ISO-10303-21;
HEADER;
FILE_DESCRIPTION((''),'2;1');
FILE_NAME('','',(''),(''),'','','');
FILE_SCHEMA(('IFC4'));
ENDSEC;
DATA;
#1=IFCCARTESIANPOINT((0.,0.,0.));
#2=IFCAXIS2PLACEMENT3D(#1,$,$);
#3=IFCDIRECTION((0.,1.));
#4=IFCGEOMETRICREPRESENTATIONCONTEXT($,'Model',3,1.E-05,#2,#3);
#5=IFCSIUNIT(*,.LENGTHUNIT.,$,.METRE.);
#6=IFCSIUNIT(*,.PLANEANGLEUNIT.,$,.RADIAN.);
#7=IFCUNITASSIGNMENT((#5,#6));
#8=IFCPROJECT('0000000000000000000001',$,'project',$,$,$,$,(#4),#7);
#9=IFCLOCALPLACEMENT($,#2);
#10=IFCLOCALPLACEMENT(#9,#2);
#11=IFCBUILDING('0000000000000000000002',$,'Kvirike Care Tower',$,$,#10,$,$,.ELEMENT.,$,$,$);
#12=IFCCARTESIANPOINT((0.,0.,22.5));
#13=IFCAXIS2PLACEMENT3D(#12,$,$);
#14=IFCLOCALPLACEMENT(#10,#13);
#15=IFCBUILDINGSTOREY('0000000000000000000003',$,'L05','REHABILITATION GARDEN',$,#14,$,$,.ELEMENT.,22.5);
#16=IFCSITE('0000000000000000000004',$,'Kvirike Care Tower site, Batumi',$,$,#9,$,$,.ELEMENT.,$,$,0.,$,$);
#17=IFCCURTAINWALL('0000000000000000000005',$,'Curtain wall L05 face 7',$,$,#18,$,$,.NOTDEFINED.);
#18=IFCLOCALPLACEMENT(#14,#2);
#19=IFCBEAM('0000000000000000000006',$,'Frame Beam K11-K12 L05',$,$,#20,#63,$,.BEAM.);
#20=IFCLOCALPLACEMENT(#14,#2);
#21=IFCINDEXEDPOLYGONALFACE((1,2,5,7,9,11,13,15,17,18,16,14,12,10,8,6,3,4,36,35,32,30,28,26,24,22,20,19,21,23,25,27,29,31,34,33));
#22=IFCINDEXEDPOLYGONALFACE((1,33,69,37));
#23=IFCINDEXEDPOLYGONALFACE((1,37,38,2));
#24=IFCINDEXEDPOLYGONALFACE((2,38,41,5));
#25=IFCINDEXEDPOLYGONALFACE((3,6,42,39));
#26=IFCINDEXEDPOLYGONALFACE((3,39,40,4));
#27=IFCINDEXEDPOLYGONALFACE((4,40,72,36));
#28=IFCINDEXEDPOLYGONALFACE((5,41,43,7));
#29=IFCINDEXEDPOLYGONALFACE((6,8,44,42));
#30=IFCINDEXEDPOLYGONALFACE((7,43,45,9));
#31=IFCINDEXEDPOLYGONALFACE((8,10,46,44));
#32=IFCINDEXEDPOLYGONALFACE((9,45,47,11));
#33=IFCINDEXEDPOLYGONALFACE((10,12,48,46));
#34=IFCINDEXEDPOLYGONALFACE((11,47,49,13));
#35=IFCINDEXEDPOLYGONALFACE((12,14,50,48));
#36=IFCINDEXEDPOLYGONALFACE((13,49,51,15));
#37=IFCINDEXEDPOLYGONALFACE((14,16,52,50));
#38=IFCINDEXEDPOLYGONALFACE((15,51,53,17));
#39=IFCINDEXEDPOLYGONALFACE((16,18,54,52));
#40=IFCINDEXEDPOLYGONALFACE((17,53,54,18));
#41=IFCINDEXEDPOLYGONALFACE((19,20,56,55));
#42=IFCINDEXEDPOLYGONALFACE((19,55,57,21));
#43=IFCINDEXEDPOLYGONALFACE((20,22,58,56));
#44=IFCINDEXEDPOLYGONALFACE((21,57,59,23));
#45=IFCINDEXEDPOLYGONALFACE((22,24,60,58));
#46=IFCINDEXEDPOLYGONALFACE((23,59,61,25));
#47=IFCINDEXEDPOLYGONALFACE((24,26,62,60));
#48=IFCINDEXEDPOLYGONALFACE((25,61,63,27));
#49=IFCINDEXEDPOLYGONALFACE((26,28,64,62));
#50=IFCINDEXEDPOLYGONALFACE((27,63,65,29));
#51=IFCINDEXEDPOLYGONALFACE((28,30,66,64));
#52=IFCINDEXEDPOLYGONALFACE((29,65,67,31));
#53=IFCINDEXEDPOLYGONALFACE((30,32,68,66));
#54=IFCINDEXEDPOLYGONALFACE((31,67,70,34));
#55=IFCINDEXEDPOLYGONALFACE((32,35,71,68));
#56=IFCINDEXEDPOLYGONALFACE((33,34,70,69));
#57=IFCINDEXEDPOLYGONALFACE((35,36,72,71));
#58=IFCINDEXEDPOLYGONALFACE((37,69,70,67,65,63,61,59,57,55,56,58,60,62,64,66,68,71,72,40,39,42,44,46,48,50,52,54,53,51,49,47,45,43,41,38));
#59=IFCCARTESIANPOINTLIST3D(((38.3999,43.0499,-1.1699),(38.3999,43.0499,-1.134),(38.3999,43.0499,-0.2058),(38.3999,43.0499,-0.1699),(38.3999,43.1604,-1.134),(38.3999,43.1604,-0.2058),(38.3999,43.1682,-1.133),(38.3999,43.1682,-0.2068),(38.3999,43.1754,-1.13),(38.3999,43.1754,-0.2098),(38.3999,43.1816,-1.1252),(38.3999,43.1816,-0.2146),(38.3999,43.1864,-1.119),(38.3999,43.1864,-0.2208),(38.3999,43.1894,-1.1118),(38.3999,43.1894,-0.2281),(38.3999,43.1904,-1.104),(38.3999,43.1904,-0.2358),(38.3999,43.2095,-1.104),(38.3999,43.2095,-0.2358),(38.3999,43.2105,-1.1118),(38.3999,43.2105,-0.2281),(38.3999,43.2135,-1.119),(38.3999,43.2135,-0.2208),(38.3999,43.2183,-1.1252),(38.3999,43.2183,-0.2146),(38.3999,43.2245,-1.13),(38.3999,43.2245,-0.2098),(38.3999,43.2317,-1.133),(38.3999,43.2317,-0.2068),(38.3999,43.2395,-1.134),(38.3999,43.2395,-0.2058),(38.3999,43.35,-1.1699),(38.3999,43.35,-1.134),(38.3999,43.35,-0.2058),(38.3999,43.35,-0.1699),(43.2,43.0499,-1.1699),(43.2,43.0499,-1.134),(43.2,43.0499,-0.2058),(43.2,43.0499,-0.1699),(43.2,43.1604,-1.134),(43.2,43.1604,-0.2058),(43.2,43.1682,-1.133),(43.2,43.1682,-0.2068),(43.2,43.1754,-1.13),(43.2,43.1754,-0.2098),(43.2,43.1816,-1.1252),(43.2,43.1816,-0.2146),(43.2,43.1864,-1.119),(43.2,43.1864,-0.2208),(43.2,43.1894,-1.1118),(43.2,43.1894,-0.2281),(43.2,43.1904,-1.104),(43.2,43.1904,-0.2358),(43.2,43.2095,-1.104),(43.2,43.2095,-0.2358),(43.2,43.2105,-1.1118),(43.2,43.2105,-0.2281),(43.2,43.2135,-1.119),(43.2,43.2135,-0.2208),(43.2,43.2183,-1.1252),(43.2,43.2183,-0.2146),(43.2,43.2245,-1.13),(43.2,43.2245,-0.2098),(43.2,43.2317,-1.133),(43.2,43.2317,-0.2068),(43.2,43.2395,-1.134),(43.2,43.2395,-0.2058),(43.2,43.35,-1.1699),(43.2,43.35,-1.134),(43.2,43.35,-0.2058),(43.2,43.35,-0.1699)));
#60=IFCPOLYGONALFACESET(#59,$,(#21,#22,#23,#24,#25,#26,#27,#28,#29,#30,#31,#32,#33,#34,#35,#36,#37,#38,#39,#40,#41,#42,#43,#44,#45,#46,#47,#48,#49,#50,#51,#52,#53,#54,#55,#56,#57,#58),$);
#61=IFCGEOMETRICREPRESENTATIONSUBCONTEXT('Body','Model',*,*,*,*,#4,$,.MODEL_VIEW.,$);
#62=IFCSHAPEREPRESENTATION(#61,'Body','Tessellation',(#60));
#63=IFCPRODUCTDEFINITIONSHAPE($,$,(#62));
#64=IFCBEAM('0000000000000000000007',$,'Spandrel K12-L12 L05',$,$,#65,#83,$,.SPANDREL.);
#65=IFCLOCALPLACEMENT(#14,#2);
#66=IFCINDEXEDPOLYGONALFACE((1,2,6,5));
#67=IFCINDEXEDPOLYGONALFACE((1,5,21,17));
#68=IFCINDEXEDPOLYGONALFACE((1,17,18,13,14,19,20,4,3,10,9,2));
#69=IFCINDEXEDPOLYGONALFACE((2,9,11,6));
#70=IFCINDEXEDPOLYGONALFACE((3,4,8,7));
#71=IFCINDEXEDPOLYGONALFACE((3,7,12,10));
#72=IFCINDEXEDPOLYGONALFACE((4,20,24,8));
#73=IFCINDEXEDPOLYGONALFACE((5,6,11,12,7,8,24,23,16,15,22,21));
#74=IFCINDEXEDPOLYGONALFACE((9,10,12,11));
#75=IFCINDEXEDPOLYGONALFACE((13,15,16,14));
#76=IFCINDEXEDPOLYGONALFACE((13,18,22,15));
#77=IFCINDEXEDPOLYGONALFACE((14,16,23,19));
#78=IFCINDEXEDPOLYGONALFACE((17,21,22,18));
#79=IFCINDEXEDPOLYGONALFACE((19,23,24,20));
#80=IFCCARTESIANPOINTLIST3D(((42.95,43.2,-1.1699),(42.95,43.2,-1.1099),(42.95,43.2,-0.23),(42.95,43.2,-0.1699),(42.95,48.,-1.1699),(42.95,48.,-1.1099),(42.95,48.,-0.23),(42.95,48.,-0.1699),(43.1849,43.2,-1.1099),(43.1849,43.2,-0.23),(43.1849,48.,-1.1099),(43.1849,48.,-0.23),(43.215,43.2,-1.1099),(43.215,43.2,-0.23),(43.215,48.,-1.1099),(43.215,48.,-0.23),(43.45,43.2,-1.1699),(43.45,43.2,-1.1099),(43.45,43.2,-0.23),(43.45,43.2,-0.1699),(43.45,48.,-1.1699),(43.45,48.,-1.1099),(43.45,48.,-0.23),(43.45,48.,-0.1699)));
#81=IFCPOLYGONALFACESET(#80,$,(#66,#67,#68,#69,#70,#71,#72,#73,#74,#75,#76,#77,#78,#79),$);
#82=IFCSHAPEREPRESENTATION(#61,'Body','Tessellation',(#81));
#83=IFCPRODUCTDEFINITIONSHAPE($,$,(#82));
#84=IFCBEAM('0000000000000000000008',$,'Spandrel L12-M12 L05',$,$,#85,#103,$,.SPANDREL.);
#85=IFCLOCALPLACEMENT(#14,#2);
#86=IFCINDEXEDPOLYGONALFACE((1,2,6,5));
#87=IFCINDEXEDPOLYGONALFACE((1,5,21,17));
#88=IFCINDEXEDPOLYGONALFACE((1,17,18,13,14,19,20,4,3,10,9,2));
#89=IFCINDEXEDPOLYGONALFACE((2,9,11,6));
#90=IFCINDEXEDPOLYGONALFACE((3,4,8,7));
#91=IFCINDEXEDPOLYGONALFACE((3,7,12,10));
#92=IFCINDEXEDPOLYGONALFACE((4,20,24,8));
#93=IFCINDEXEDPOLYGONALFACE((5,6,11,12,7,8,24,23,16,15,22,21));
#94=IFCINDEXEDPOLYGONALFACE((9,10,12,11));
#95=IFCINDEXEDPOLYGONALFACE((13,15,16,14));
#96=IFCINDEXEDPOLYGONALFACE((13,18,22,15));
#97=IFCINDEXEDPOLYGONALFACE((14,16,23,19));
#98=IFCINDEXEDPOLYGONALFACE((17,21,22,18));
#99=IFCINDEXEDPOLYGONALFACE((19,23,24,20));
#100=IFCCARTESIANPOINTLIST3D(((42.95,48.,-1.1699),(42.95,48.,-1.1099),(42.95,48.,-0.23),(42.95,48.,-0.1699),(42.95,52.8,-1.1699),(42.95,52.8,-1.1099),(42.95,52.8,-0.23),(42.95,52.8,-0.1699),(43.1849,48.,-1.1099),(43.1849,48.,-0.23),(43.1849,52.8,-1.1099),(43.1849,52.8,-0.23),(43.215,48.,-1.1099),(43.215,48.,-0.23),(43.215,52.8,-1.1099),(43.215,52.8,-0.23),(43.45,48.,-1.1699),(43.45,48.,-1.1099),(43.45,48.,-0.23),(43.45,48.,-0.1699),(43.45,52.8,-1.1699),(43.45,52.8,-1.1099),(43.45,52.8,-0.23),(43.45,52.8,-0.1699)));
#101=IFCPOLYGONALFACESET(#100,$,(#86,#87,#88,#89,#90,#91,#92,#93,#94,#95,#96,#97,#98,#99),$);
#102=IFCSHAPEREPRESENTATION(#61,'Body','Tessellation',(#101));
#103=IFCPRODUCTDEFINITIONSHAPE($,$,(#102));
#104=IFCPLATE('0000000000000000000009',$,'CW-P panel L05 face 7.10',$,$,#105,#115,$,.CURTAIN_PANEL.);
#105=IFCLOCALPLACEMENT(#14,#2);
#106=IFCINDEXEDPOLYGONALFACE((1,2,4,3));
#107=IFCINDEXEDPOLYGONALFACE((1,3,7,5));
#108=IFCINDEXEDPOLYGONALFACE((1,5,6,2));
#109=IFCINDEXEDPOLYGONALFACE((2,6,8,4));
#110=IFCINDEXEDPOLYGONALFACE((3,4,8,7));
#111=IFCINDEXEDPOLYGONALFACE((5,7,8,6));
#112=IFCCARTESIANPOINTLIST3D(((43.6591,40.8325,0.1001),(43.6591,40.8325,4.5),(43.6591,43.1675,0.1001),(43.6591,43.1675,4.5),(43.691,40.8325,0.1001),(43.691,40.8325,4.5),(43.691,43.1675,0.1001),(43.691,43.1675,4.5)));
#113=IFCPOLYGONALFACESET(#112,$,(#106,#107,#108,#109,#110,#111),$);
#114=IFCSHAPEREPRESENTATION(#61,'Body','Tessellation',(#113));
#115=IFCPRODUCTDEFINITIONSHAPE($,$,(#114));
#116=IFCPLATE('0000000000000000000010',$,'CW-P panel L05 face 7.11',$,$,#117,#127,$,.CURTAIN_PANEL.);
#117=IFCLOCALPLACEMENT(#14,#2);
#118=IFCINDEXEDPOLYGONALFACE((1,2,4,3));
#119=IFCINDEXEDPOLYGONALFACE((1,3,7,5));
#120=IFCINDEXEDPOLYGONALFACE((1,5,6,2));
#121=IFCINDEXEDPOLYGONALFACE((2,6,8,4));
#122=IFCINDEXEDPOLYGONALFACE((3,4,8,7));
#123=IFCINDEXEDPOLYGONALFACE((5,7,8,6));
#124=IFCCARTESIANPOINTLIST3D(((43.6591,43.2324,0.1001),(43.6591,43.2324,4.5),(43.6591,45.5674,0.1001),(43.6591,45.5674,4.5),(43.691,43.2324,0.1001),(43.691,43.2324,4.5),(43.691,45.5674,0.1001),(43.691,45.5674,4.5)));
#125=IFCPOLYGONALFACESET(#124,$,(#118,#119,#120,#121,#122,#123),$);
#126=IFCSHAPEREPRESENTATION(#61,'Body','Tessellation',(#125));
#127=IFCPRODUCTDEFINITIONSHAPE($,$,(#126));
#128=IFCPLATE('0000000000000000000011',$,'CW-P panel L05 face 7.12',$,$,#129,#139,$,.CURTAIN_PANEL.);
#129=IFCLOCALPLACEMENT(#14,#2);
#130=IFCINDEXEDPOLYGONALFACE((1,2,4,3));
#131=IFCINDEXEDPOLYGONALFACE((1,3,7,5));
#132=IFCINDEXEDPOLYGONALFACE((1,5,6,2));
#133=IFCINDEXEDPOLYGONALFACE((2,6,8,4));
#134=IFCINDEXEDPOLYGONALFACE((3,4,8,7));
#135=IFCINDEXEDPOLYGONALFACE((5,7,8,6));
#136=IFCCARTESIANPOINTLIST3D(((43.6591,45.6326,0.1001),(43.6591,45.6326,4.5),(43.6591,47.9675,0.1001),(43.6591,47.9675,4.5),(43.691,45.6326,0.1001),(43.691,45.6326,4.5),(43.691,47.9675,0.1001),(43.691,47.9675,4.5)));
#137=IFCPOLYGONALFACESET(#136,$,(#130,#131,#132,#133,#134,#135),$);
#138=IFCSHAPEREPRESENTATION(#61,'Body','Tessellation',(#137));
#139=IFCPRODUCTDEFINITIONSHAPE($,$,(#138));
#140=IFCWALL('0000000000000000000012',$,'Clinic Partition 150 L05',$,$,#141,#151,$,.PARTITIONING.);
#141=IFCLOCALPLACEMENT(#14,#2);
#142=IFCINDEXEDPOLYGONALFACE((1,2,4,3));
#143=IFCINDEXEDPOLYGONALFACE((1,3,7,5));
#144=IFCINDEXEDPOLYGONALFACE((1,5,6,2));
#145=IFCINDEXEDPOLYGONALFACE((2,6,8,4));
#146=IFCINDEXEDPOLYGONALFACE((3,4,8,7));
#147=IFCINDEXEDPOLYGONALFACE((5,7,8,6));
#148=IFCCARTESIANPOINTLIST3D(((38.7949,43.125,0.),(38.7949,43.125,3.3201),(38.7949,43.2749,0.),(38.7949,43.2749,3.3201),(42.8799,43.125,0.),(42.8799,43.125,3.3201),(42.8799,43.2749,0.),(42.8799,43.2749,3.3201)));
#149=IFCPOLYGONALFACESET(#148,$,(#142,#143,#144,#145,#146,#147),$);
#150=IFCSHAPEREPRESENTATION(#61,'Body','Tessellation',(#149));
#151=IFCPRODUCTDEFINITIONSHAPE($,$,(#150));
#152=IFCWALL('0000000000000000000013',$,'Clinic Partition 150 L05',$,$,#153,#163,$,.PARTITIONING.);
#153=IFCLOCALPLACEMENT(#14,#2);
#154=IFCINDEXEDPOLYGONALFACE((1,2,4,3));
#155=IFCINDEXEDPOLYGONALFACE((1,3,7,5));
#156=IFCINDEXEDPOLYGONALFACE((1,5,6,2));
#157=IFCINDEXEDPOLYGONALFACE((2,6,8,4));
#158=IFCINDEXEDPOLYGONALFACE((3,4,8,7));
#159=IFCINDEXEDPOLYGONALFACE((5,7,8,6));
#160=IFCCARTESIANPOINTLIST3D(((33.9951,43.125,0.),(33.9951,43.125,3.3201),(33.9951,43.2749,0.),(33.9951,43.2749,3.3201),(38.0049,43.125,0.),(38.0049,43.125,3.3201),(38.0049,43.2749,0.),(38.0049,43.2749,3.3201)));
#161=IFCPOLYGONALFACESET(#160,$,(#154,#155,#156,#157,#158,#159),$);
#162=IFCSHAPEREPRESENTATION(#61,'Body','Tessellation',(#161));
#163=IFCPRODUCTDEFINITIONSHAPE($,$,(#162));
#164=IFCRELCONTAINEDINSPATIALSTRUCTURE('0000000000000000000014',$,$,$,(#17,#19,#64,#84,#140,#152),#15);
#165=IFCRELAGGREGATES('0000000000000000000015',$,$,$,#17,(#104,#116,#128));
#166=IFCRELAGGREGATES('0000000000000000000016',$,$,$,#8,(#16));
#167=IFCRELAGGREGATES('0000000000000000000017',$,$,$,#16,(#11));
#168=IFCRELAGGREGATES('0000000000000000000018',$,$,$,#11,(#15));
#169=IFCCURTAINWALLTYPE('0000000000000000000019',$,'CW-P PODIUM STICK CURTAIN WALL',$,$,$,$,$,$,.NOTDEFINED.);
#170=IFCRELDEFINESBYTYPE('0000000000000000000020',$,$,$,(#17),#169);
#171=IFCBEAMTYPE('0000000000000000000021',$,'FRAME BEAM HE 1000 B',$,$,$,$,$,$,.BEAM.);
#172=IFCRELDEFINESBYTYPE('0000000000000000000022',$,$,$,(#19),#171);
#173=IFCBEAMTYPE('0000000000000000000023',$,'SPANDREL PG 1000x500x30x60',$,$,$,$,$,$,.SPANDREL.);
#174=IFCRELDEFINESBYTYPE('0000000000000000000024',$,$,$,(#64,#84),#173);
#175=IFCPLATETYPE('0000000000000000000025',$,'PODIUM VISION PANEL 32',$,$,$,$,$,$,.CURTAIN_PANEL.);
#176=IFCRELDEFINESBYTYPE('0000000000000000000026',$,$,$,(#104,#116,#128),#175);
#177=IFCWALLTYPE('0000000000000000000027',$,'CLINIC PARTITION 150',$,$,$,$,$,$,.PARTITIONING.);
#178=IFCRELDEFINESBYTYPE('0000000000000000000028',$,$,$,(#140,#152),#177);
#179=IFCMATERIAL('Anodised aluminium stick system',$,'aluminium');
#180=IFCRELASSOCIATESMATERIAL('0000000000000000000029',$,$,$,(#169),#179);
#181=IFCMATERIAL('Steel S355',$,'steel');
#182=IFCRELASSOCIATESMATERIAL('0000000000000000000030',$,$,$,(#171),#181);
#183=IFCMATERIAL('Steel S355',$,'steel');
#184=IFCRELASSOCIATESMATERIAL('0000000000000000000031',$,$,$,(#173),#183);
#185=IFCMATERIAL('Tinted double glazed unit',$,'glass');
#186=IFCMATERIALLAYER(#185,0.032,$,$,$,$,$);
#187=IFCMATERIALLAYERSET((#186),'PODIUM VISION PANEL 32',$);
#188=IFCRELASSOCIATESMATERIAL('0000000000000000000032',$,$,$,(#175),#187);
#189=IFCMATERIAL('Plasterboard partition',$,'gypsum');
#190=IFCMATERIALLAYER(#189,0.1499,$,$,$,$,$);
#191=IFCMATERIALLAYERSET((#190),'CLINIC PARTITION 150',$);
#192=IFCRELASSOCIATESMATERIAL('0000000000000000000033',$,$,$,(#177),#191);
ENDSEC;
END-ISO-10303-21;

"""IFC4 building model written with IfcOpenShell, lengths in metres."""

from ifc_helpers import new_model, si_unit, direction, frame, frame_2d, origin, origin_2d, place, context, subcontext, project, spatial, rectangle, i_section, extrude, material, layer, layer_set, material_profile, profile_set, type_object, element, aggregate, save


model = new_model("IFC4")

# Units and contexts
model_context = context("Model", 3, precision=1e-05, world=origin(), true_north=direction((0.0, 1.0)))
body_context = subcontext(model_context, "Body", "Model", "MODEL_VIEW")
ifc_project = project(units=[si_unit("LENGTHUNIT", "METRE"), si_unit("PLANEANGLEUNIT", "RADIAN")], contexts=[model_context])

# Site, building, storey
site_placement = place(None, origin())
site = spatial("IfcSite", under=ifc_project, at=site_placement, Name="Kvirike Care Tower site, Batumi", CompositionType="ELEMENT", RefElevation=0.0)
building_placement = place(site_placement, origin())
building = spatial("IfcBuilding", under=site, at=building_placement, Name="Kvirike Care Tower", CompositionType="ELEMENT")
storey_placement = place(building_placement, frame((0.0, 0.0, 22.5)))
storey = spatial("IfcBuildingStorey", under=building, at=storey_placement, Name="L05", Description="REHABILITATION GARDEN", CompositionType="ELEMENT", Elevation=22.5)

# Curtain wall
ifc_material_1 = material(Name="Anodised aluminium stick system", Category="aluminium")
curtain_wall_type = type_object("IfcCurtainWallType", Name="CW-P PODIUM STICK CURTAIN WALL", PredefinedType="NOTDEFINED", material=ifc_material_1)
curtain_wall_placement = place(storey_placement, origin())
curtain_wall = element("IfcCurtainWall", 1, at=curtain_wall_placement, inside=storey, type_object=curtain_wall_type, Name="Curtain wall L05 face 7", PredefinedType="NOTDEFINED")

# Beams
ifc_material_2 = material(Name="Steel S355", Category="steel")
ifc_material_profile_1 = material_profile(ifc_material_2, i_section(OverallWidth=0.3, OverallDepth=1.0, WebThickness=0.019, FlangeThickness=0.0359, FilletRadius=0.03, at=origin_2d()), Name="HE 1000 B")
ifc_profile_set_1 = profile_set([ifc_material_profile_1], Name="Steel S355")
beam_type_1 = type_object("IfcBeamType", Name="FRAME BEAM HE 1000 B", PredefinedType="BEAM", material=ifc_profile_set_1)
beam_placement = place(storey_placement, frame((38.3999, 43.2, -0.6699), z_axis=(1.0, 0.0, 0.0), x_axis=(0.0, 1.0, 0.0)))
element("IfcBeam", 2, at=beam_placement, inside=storey, type_object=beam_type_1, Name="Frame Beam K11-K12 L05", PredefinedType="BEAM", context=body_context, shape_type="SweptSolid", body=[
    extrude(i_section(OverallWidth=0.3, OverallDepth=1.0, WebThickness=0.019, FlangeThickness=0.0359, FilletRadius=0.03, at=origin_2d()), origin(), (0.0, 0.0, 1.0), 4.8),
])
ifc_material_3 = material(Name="Steel S355", Category="steel")
ifc_material_profile_2 = material_profile(ifc_material_3, i_section(OverallWidth=0.5, OverallDepth=1.0, WebThickness=0.03, FlangeThickness=0.0601, at=origin_2d()), Name="PG 1000x500x30x60")
ifc_profile_set_2 = profile_set([ifc_material_profile_2], Name="Steel S355")
beam_type_2 = type_object("IfcBeamType", Name="SPANDREL PG 1000x500x30x60", PredefinedType="SPANDREL", material=ifc_profile_set_2)
for number, where, z_axis, x_axis, name in (
    (3, (43.2, 43.2, -0.6699), (0.0, 1.0, 0.0), (-1.0, 0.0, 0.0), "Spandrel K12-L12 L05"),
    (4, (43.2, 48.0, -0.6699), (0.0, 1.0, 0.0), (-1.0, 0.0, 0.0), "Spandrel L12-M12 L05"),
):
    element("IfcBeam", number, at=place(storey_placement, frame(where, z_axis=z_axis, x_axis=x_axis)), inside=storey, type_object=beam_type_2, Name=name, PredefinedType="SPANDREL", context=body_context, shape_type="SweptSolid", body=[
        extrude(i_section(OverallWidth=0.5, OverallDepth=1.0, WebThickness=0.03, FlangeThickness=0.0601, at=origin_2d()), origin(), (0.0, 0.0, 1.0), 4.8),
    ])

# Plates
ifc_material_4 = material(Name="Tinted double glazed unit", Category="glass")
ifc_layer_1 = layer(ifc_material_4, 0.032)
ifc_layer_set_1 = layer_set([ifc_layer_1], Name="PODIUM VISION PANEL 32")
plate_type = type_object("IfcPlateType", Name="PODIUM VISION PANEL 32", PredefinedType="CURTAIN_PANEL", material=ifc_layer_set_1)
plate_1_placement = place(storey_placement, frame((43.675, 42.0, 0.1001), z_axis=(0.0, 0.0, 1.0), x_axis=(0.0, 1.0, 0.0)))
plate_1 = element("IfcPlate", 5, at=plate_1_placement, type_object=plate_type, Name="CW-P panel L05 face 7.10", PredefinedType="CURTAIN_PANEL", context=body_context, shape_type="SweptSolid", body=[
    extrude(rectangle(XDim=2.335, YDim=0.032, at=origin_2d()), origin(), (0.0, 0.0, 1.0), 4.3999),
])
plate_2_placement = place(storey_placement, frame((43.675, 44.3999, 0.1001), z_axis=(0.0, 0.0, 1.0), x_axis=(0.0, 1.0, 0.0)))
plate_2 = element("IfcPlate", 6, at=plate_2_placement, type_object=plate_type, Name="CW-P panel L05 face 7.11", PredefinedType="CURTAIN_PANEL", context=body_context, shape_type="SweptSolid", body=[
    extrude(rectangle(XDim=2.335, YDim=0.032, at=origin_2d()), origin(), (0.0, 0.0, 1.0), 4.3999),
])
plate_3_placement = place(storey_placement, frame((43.675, 46.8, 0.1001), z_axis=(0.0, 0.0, 1.0), x_axis=(0.0, 1.0, 0.0)))
plate_3 = element("IfcPlate", 7, at=plate_3_placement, type_object=plate_type, Name="CW-P panel L05 face 7.12", PredefinedType="CURTAIN_PANEL", context=body_context, shape_type="SweptSolid", body=[
    extrude(rectangle(XDim=2.335, YDim=0.032, at=origin_2d()), origin(), (0.0, 0.0, 1.0), 4.3999),
])
aggregate(curtain_wall, [plate_1, plate_2, plate_3])

# Walls
ifc_material_5 = material(Name="Plasterboard partition", Category="gypsum")
ifc_layer_2 = layer(ifc_material_5, 0.1499)
ifc_layer_set_2 = layer_set([ifc_layer_2], Name="CLINIC PARTITION 150")
wall_type_1 = type_object("IfcWallType", Name="CLINIC PARTITION 150", PredefinedType="PARTITIONING", material=ifc_layer_set_2)
wall_1_placement = place(storey_placement, frame((42.8799, 43.2, 0.0), z_axis=(0.0, 0.0, 1.0), x_axis=(-1.0, 0.0, 0.0)))
element("IfcWall", 8, at=wall_1_placement, inside=storey, type_object=wall_type_1, Name="Clinic Partition 150 L05", PredefinedType="PARTITIONING", context=body_context, shape_type="SweptSolid", body=[
    extrude(rectangle(XDim=4.085, YDim=0.1499, at=frame_2d((2.0425, 0.0))), origin(), (0.0, 0.0, 1.0), 3.3201),
])
wall_2_placement = place(storey_placement, frame((38.0049, 43.2, 0.0), z_axis=(0.0, 0.0, 1.0), x_axis=(-1.0, 0.0, 0.0)))
element("IfcWall", 9, at=wall_2_placement, inside=storey, type_object=wall_type_1, Name="Clinic Partition 150 L05", PredefinedType="PARTITIONING", context=body_context, shape_type="SweptSolid", body=[
    extrude(rectangle(XDim=4.0098, YDim=0.1499, at=frame_2d((2.0049, 0.0))), origin(), (0.0, 0.0, 1.0), 3.3201),
])

save(model, "model.ifc")
